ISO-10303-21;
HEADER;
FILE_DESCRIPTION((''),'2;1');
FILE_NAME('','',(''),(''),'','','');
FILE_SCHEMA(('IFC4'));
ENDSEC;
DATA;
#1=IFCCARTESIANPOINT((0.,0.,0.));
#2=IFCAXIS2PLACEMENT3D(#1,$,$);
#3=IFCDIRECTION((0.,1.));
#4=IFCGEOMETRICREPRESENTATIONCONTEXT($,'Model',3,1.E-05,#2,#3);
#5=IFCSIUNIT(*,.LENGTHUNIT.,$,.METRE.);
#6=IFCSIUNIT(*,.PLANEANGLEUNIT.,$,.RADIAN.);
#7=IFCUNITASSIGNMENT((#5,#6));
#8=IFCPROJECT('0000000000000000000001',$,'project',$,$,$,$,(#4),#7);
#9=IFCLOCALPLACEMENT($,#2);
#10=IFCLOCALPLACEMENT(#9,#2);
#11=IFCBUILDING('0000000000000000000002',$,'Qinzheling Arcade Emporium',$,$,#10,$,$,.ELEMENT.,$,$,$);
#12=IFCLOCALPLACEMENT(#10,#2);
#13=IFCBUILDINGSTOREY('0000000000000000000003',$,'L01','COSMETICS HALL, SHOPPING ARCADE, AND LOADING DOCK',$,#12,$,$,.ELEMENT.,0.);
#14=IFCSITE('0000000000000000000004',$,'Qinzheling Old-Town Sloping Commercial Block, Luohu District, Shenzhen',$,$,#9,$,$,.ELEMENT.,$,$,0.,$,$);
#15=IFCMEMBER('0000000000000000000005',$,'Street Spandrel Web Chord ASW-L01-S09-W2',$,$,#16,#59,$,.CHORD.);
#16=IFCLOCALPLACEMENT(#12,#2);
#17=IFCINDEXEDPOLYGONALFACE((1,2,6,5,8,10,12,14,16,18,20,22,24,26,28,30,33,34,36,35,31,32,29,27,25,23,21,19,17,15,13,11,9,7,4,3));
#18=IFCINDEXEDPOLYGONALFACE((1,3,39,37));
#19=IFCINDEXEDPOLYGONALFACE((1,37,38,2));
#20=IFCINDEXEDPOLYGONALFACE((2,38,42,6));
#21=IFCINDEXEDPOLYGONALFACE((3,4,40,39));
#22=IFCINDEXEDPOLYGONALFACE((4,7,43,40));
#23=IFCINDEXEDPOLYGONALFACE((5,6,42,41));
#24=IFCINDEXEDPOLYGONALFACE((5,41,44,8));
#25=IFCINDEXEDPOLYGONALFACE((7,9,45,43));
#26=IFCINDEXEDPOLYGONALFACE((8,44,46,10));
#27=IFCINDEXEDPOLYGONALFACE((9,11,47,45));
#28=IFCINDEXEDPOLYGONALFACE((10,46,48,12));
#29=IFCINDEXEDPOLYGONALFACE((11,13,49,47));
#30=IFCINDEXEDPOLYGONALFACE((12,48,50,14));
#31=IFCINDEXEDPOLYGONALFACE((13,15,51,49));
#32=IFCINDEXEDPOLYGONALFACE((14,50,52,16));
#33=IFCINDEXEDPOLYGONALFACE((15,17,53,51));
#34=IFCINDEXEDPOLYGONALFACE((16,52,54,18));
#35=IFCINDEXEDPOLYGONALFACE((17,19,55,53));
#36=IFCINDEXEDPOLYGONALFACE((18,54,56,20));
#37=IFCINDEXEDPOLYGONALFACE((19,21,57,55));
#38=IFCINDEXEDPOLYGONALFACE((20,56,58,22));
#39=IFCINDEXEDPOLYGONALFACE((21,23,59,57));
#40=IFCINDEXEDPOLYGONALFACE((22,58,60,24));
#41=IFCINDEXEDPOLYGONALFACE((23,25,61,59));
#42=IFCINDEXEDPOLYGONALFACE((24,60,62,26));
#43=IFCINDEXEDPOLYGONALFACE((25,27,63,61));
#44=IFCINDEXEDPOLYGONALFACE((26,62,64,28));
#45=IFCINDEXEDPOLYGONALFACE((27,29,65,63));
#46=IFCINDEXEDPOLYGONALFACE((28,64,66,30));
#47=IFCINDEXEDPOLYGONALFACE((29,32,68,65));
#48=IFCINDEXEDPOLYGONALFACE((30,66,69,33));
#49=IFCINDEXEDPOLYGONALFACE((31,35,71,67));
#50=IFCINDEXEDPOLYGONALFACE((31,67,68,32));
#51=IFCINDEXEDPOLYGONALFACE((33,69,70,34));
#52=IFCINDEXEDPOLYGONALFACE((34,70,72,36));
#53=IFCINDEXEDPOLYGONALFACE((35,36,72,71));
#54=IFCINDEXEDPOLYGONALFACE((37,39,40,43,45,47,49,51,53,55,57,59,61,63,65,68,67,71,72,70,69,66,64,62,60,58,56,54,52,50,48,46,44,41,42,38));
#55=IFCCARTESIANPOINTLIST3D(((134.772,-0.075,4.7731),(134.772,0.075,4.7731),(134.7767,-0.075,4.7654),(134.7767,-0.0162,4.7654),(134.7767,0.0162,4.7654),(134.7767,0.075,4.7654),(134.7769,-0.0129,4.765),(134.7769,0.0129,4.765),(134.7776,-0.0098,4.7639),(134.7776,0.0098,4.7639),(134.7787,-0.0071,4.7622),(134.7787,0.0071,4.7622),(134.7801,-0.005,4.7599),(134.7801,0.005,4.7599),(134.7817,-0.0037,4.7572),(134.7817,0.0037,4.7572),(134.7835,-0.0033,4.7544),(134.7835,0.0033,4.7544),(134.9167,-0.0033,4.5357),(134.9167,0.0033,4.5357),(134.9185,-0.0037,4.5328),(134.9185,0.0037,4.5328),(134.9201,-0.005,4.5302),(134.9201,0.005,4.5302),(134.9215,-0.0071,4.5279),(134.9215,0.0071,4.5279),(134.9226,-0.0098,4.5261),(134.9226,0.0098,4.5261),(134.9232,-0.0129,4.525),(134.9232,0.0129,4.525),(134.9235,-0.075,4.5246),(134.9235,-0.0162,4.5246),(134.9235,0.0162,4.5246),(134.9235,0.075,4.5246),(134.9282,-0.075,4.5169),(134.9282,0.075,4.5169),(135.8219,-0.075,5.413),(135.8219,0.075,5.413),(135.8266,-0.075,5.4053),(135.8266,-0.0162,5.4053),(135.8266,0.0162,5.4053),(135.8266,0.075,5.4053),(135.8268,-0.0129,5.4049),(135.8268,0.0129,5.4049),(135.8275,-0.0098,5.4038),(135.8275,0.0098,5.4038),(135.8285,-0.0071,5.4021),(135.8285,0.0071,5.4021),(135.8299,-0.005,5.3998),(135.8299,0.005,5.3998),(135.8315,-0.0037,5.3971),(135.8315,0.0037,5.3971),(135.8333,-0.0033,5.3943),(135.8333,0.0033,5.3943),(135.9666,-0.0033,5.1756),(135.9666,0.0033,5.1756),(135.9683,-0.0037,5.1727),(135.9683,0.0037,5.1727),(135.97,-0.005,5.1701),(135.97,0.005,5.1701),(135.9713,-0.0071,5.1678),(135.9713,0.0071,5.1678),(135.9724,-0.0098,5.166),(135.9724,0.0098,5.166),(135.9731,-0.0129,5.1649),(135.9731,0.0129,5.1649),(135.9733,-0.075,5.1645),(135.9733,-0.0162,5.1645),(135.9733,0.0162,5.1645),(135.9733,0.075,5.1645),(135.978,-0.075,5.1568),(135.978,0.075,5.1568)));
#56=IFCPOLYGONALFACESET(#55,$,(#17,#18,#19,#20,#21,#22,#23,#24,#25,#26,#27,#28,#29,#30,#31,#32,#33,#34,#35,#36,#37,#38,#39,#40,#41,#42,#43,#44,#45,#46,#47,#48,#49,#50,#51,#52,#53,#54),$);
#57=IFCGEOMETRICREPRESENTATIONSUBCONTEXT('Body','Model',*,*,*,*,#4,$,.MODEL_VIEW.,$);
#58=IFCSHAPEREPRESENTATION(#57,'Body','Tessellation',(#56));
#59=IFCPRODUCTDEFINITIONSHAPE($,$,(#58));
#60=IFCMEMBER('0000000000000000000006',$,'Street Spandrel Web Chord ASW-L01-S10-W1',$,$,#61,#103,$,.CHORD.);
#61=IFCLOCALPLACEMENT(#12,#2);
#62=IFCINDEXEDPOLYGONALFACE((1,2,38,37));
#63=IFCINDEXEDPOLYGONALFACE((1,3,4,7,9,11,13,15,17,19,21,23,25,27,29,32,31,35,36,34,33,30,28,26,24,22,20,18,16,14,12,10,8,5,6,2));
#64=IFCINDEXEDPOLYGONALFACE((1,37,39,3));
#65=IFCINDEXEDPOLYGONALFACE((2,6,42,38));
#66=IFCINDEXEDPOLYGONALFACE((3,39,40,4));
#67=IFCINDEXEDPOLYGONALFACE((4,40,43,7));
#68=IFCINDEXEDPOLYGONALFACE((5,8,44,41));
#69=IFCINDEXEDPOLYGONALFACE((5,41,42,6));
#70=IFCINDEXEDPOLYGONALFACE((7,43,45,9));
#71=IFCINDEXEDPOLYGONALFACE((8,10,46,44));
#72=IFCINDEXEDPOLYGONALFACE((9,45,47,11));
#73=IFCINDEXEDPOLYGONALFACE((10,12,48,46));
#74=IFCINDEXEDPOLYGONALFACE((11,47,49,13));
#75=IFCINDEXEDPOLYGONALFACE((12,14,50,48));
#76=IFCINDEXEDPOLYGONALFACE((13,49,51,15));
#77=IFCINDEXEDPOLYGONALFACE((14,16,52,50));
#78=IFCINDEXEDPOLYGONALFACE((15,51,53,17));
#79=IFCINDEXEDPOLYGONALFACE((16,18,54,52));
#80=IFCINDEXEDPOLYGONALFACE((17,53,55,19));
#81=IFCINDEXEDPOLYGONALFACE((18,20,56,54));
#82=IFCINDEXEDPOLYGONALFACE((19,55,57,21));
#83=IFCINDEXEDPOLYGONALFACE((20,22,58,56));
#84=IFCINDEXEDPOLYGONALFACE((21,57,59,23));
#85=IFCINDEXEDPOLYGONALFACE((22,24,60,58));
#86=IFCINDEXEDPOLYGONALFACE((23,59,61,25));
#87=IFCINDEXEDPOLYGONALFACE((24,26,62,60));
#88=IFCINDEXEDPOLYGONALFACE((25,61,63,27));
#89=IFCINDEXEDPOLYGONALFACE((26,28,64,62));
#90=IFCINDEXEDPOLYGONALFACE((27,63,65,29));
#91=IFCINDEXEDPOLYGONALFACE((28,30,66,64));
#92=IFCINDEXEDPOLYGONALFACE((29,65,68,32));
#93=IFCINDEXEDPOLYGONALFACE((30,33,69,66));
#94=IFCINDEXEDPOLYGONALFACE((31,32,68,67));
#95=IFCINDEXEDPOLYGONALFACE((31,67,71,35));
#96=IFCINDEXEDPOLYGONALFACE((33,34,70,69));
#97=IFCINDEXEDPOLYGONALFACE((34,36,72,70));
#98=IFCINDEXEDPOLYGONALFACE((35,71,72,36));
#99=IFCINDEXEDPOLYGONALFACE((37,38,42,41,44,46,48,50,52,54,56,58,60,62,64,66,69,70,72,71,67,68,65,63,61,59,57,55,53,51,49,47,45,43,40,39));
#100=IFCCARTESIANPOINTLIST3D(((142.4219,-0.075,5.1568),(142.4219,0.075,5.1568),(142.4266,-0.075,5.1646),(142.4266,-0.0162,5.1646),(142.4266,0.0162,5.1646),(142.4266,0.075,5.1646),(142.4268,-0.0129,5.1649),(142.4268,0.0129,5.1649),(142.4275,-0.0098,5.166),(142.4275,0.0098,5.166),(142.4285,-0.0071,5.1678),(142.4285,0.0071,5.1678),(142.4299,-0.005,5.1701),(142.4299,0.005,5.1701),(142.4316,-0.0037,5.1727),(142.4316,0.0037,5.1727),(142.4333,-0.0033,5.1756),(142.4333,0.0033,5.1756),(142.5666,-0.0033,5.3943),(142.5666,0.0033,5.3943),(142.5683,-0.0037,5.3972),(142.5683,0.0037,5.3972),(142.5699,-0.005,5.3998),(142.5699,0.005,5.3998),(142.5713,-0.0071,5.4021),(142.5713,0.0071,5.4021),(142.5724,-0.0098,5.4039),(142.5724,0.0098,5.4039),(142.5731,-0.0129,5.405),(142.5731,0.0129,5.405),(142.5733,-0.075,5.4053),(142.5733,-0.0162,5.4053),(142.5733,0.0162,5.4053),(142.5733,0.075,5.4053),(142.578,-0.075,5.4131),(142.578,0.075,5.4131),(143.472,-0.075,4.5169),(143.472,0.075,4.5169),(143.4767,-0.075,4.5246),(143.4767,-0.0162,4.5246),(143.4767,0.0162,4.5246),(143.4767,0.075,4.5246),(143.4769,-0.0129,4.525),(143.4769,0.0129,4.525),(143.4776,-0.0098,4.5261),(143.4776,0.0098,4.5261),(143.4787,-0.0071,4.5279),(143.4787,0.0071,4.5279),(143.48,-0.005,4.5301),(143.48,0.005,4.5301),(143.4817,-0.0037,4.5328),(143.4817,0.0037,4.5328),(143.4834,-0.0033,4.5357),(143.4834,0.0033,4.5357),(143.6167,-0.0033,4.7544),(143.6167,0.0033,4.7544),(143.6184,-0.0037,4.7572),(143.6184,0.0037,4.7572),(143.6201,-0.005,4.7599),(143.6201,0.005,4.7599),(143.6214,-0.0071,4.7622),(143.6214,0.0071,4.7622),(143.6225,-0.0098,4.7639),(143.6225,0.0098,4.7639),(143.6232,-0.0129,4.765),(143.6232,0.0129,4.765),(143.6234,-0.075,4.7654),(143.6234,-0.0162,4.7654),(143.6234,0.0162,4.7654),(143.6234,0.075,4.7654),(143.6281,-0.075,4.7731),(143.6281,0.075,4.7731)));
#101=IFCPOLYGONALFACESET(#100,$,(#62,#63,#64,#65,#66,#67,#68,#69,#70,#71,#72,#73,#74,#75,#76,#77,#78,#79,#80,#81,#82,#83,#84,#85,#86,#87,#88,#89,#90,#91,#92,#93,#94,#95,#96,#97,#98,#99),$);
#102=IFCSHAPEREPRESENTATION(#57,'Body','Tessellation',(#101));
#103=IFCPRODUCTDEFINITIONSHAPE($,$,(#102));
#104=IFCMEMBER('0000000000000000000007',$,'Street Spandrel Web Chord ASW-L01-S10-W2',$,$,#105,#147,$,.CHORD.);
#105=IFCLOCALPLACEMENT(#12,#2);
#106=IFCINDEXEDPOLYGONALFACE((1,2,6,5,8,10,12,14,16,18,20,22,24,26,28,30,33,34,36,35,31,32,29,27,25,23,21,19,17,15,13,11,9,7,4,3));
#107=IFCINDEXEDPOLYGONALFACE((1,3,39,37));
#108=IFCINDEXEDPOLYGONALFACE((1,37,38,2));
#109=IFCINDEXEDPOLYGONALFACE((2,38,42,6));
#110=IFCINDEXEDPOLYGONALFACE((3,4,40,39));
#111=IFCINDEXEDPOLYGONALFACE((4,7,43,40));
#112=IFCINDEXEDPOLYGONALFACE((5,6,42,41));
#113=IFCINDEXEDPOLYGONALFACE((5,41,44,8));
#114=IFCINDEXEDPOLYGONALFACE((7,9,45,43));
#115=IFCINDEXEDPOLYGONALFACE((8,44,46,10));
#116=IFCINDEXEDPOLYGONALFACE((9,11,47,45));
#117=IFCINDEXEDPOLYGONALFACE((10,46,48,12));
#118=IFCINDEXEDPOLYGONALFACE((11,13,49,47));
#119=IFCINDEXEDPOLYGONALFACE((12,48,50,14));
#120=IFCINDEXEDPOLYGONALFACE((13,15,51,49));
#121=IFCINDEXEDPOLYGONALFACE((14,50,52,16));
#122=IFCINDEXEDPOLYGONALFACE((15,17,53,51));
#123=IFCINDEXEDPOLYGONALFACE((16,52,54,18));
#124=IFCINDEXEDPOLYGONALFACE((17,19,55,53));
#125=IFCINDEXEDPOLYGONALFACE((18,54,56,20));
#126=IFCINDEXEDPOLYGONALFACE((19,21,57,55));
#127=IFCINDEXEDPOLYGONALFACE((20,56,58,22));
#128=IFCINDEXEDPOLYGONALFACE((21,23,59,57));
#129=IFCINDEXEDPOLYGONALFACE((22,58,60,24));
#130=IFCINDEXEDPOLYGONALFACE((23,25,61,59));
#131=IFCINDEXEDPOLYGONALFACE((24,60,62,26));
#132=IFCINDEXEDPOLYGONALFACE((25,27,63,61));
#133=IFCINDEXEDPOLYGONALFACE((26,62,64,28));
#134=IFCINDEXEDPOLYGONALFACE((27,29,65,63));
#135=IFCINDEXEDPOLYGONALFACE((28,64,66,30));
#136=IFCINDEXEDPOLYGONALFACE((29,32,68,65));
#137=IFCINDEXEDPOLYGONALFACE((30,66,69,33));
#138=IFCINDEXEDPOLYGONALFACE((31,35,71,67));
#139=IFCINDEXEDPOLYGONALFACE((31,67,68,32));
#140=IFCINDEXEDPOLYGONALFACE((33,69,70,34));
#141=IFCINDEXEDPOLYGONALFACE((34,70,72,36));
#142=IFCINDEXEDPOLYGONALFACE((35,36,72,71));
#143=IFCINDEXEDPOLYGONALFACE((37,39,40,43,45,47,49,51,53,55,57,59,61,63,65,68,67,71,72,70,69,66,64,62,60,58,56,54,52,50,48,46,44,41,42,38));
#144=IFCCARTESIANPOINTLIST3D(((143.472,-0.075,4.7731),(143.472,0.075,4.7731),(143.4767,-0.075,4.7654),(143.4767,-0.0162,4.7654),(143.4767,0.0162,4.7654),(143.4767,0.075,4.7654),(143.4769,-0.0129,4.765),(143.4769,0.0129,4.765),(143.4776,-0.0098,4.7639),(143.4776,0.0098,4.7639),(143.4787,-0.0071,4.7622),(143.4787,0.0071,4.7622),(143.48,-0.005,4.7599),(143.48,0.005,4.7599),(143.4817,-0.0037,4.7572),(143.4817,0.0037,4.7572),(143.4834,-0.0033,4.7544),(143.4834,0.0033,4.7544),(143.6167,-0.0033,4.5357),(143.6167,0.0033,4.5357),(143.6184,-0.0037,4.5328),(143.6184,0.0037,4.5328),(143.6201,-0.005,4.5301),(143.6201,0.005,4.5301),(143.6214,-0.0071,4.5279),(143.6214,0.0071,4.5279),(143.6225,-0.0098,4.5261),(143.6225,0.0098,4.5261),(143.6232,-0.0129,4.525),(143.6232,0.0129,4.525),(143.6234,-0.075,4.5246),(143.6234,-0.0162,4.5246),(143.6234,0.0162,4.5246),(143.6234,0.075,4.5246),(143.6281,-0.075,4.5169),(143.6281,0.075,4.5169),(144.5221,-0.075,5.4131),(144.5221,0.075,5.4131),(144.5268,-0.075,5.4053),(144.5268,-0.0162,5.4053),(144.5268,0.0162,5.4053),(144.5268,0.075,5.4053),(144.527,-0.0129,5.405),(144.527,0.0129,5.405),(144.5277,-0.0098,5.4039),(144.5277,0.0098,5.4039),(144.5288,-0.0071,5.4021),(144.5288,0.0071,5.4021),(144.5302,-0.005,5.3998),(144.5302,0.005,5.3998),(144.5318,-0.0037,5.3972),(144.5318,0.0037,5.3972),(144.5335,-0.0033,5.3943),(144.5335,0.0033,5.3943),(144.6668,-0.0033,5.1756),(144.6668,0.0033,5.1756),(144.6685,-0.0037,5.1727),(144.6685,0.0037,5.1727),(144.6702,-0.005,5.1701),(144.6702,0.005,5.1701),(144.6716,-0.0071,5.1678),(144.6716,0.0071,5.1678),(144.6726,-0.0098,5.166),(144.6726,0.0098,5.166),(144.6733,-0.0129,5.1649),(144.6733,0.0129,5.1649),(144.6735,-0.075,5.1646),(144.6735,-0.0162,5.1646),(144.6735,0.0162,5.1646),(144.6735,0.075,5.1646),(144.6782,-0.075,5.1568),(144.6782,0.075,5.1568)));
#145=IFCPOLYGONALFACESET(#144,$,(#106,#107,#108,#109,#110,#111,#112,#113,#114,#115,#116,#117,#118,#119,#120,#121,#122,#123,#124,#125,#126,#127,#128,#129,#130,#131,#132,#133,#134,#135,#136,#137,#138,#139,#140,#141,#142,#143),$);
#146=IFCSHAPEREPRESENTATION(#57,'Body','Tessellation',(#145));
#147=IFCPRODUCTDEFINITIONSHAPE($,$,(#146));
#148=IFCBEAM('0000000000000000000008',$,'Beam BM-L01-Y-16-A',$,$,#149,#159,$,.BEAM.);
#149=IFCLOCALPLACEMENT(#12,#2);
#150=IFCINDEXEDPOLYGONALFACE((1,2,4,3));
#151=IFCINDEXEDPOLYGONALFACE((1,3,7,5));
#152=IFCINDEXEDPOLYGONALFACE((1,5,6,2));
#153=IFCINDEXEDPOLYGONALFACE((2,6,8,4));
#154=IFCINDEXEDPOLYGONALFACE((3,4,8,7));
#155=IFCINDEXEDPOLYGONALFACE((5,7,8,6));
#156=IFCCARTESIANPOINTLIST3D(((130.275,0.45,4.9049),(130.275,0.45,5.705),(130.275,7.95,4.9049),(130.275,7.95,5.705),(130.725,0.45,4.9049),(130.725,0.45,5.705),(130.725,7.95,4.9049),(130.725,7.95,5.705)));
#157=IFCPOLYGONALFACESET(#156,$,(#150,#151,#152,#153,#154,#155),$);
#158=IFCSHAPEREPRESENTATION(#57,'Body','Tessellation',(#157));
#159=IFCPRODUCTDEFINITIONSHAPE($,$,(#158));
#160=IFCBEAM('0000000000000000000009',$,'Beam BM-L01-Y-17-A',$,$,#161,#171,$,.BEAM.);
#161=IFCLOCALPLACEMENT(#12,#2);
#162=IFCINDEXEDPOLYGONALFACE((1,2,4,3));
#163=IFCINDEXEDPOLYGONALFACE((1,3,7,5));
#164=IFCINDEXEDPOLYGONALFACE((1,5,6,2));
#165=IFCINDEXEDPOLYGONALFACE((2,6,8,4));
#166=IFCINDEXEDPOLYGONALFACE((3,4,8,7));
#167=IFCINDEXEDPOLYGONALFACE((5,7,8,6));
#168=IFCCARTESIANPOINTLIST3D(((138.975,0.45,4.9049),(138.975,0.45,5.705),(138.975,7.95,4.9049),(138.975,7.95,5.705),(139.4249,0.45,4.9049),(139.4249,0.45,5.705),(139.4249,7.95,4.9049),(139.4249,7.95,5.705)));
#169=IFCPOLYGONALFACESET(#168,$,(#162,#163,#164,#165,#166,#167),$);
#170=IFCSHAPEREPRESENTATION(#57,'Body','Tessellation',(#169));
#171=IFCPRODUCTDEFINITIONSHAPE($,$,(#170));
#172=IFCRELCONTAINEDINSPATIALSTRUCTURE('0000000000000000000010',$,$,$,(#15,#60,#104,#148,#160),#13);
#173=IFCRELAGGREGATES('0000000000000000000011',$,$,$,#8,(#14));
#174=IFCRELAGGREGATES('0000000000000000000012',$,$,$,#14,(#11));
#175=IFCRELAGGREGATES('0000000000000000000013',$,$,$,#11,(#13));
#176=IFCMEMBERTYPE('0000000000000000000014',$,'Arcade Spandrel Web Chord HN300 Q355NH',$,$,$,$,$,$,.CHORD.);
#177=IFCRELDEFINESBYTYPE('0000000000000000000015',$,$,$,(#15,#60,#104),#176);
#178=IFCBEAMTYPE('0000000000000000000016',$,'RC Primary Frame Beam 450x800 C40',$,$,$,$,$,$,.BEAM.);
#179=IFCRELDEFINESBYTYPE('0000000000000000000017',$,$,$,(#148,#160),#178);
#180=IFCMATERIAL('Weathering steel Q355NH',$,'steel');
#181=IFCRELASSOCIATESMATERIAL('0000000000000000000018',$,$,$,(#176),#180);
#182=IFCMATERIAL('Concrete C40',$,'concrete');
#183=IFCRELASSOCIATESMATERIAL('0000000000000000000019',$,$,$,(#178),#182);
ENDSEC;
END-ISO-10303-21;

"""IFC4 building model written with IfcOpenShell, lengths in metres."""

from ifc_helpers import new_model, si_unit, direction, frame, origin, origin_2d, place, context, subcontext, project, spatial, rectangle, i_section, extrude, material, material_profile, profile_set, type_object, element, save


model = new_model("IFC4")

# Units and contexts
model_context = context("Model", 3, precision=1e-05, world=origin(), true_north=direction((0.0, 1.0)))
body_context = subcontext(model_context, "Body", "Model", "MODEL_VIEW")
ifc_project = project(units=[si_unit("LENGTHUNIT", "METRE"), si_unit("PLANEANGLEUNIT", "RADIAN")], contexts=[model_context])

# Site, building, storey
site_placement = place(None, origin())
site = spatial("IfcSite", under=ifc_project, at=site_placement, Name="Qinzheling Old-Town Sloping Commercial Block, Luohu District, Shenzhen", CompositionType="ELEMENT", RefElevation=0.0)
building_placement = place(site_placement, origin())
building = spatial("IfcBuilding", under=site, at=building_placement, Name="Qinzheling Arcade Emporium", CompositionType="ELEMENT")
storey_placement = place(building_placement, origin())
storey = spatial("IfcBuildingStorey", under=building, at=storey_placement, Name="L01", Description="COSMETICS HALL, SHOPPING ARCADE, AND LOADING DOCK", CompositionType="ELEMENT", Elevation=0.0)

# Shared definitions
ifc_material_1 = material(Name="Weathering steel Q355NH", Category="steel")

# Members
ifc_material_profile_1 = material_profile(ifc_material_1, i_section(OverallWidth=0.1499, OverallDepth=0.3, WebThickness=0.0066, FlangeThickness=0.009, FilletRadius=0.0129, at=origin_2d()), Name="HN 300x150x6.5x9", Category="steel")
ifc_profile_set_1 = profile_set([ifc_material_profile_1], Name="Weathering steel Q355NH")
member_type = type_object("IfcMemberType", Name="Arcade Spandrel Web Chord HN300 Q355NH", PredefinedType="CHORD", material=ifc_profile_set_1)
member_1_placement = place(storey_placement, frame((134.8501, 0.0, 4.645), z_axis=(0.85388, 0.0, 0.52047), x_axis=(0.0, 1.0, 0.0)))
element("IfcMember", 1, at=member_1_placement, inside=storey, type_object=member_type, Name="Street Spandrel Web Chord ASW-L01-S09-W2", PredefinedType="CHORD", context=body_context, shape_type="SweptSolid", body=[
    extrude(i_section(OverallWidth=0.1499, OverallDepth=0.3, WebThickness=0.0066, FlangeThickness=0.009, FilletRadius=0.0129, at=origin_2d()), origin(), (0.0, 0.0, 1.0), 1.2295),
])
for number, where, z_axis, x_axis, name in (
    (2, (143.55, 0.0, 4.645), (-0.853934, 0.0, 0.520381), (0.0, -1.0, 0.0), "Street Spandrel Web Chord ASW-L01-S10-W1"),
    (3, (143.55, 0.0, 4.645), (0.853934, 0.0, 0.520381), (0.0, 1.0, 0.0), "Street Spandrel Web Chord ASW-L01-S10-W2"),
):
    element("IfcMember", number, at=place(storey_placement, frame(where, z_axis=z_axis, x_axis=x_axis)), inside=storey, type_object=member_type, Name=name, PredefinedType="CHORD", context=body_context, shape_type="SweptSolid", body=[
        extrude(i_section(OverallWidth=0.1499, OverallDepth=0.3, WebThickness=0.0066, FlangeThickness=0.009, FilletRadius=0.0129, at=origin_2d()), origin(), (0.0, 0.0, 1.0), 1.2297),
    ])

# Beams
ifc_material_2 = material(Name="Concrete C40", Category="concrete")
ifc_material_profile_2 = material_profile(ifc_material_2, rectangle(XDim=0.45, YDim=0.8, at=origin_2d()), Name="RC 450x800", Category="concrete")
ifc_profile_set_2 = profile_set([ifc_material_profile_2], Name="Concrete C40")
beam_type_1 = type_object("IfcBeamType", Name="RC Primary Frame Beam 450x800 C40", PredefinedType="BEAM", material=ifc_profile_set_2)
for number, where, z_axis, x_axis, name in (
    (4, (130.5, 0.45, 5.3049), (0.0, 1.0, 0.0), (-1.0, 0.0, 0.0), "Beam BM-L01-Y-16-A"),
    (5, (139.2, 0.45, 5.3049), (0.0, 1.0, 0.0), (-1.0, 0.0, 0.0), "Beam BM-L01-Y-17-A"),
):
    element("IfcBeam", number, at=place(storey_placement, frame(where, z_axis=z_axis, x_axis=x_axis)), inside=storey, type_object=beam_type_1, Name=name, PredefinedType="BEAM", context=body_context, shape_type="SweptSolid", body=[
        extrude(rectangle(XDim=0.45, YDim=0.8, at=origin_2d()), origin(), (0.0, 0.0, 1.0), 7.5),
    ])

save(model, "model.ifc")
